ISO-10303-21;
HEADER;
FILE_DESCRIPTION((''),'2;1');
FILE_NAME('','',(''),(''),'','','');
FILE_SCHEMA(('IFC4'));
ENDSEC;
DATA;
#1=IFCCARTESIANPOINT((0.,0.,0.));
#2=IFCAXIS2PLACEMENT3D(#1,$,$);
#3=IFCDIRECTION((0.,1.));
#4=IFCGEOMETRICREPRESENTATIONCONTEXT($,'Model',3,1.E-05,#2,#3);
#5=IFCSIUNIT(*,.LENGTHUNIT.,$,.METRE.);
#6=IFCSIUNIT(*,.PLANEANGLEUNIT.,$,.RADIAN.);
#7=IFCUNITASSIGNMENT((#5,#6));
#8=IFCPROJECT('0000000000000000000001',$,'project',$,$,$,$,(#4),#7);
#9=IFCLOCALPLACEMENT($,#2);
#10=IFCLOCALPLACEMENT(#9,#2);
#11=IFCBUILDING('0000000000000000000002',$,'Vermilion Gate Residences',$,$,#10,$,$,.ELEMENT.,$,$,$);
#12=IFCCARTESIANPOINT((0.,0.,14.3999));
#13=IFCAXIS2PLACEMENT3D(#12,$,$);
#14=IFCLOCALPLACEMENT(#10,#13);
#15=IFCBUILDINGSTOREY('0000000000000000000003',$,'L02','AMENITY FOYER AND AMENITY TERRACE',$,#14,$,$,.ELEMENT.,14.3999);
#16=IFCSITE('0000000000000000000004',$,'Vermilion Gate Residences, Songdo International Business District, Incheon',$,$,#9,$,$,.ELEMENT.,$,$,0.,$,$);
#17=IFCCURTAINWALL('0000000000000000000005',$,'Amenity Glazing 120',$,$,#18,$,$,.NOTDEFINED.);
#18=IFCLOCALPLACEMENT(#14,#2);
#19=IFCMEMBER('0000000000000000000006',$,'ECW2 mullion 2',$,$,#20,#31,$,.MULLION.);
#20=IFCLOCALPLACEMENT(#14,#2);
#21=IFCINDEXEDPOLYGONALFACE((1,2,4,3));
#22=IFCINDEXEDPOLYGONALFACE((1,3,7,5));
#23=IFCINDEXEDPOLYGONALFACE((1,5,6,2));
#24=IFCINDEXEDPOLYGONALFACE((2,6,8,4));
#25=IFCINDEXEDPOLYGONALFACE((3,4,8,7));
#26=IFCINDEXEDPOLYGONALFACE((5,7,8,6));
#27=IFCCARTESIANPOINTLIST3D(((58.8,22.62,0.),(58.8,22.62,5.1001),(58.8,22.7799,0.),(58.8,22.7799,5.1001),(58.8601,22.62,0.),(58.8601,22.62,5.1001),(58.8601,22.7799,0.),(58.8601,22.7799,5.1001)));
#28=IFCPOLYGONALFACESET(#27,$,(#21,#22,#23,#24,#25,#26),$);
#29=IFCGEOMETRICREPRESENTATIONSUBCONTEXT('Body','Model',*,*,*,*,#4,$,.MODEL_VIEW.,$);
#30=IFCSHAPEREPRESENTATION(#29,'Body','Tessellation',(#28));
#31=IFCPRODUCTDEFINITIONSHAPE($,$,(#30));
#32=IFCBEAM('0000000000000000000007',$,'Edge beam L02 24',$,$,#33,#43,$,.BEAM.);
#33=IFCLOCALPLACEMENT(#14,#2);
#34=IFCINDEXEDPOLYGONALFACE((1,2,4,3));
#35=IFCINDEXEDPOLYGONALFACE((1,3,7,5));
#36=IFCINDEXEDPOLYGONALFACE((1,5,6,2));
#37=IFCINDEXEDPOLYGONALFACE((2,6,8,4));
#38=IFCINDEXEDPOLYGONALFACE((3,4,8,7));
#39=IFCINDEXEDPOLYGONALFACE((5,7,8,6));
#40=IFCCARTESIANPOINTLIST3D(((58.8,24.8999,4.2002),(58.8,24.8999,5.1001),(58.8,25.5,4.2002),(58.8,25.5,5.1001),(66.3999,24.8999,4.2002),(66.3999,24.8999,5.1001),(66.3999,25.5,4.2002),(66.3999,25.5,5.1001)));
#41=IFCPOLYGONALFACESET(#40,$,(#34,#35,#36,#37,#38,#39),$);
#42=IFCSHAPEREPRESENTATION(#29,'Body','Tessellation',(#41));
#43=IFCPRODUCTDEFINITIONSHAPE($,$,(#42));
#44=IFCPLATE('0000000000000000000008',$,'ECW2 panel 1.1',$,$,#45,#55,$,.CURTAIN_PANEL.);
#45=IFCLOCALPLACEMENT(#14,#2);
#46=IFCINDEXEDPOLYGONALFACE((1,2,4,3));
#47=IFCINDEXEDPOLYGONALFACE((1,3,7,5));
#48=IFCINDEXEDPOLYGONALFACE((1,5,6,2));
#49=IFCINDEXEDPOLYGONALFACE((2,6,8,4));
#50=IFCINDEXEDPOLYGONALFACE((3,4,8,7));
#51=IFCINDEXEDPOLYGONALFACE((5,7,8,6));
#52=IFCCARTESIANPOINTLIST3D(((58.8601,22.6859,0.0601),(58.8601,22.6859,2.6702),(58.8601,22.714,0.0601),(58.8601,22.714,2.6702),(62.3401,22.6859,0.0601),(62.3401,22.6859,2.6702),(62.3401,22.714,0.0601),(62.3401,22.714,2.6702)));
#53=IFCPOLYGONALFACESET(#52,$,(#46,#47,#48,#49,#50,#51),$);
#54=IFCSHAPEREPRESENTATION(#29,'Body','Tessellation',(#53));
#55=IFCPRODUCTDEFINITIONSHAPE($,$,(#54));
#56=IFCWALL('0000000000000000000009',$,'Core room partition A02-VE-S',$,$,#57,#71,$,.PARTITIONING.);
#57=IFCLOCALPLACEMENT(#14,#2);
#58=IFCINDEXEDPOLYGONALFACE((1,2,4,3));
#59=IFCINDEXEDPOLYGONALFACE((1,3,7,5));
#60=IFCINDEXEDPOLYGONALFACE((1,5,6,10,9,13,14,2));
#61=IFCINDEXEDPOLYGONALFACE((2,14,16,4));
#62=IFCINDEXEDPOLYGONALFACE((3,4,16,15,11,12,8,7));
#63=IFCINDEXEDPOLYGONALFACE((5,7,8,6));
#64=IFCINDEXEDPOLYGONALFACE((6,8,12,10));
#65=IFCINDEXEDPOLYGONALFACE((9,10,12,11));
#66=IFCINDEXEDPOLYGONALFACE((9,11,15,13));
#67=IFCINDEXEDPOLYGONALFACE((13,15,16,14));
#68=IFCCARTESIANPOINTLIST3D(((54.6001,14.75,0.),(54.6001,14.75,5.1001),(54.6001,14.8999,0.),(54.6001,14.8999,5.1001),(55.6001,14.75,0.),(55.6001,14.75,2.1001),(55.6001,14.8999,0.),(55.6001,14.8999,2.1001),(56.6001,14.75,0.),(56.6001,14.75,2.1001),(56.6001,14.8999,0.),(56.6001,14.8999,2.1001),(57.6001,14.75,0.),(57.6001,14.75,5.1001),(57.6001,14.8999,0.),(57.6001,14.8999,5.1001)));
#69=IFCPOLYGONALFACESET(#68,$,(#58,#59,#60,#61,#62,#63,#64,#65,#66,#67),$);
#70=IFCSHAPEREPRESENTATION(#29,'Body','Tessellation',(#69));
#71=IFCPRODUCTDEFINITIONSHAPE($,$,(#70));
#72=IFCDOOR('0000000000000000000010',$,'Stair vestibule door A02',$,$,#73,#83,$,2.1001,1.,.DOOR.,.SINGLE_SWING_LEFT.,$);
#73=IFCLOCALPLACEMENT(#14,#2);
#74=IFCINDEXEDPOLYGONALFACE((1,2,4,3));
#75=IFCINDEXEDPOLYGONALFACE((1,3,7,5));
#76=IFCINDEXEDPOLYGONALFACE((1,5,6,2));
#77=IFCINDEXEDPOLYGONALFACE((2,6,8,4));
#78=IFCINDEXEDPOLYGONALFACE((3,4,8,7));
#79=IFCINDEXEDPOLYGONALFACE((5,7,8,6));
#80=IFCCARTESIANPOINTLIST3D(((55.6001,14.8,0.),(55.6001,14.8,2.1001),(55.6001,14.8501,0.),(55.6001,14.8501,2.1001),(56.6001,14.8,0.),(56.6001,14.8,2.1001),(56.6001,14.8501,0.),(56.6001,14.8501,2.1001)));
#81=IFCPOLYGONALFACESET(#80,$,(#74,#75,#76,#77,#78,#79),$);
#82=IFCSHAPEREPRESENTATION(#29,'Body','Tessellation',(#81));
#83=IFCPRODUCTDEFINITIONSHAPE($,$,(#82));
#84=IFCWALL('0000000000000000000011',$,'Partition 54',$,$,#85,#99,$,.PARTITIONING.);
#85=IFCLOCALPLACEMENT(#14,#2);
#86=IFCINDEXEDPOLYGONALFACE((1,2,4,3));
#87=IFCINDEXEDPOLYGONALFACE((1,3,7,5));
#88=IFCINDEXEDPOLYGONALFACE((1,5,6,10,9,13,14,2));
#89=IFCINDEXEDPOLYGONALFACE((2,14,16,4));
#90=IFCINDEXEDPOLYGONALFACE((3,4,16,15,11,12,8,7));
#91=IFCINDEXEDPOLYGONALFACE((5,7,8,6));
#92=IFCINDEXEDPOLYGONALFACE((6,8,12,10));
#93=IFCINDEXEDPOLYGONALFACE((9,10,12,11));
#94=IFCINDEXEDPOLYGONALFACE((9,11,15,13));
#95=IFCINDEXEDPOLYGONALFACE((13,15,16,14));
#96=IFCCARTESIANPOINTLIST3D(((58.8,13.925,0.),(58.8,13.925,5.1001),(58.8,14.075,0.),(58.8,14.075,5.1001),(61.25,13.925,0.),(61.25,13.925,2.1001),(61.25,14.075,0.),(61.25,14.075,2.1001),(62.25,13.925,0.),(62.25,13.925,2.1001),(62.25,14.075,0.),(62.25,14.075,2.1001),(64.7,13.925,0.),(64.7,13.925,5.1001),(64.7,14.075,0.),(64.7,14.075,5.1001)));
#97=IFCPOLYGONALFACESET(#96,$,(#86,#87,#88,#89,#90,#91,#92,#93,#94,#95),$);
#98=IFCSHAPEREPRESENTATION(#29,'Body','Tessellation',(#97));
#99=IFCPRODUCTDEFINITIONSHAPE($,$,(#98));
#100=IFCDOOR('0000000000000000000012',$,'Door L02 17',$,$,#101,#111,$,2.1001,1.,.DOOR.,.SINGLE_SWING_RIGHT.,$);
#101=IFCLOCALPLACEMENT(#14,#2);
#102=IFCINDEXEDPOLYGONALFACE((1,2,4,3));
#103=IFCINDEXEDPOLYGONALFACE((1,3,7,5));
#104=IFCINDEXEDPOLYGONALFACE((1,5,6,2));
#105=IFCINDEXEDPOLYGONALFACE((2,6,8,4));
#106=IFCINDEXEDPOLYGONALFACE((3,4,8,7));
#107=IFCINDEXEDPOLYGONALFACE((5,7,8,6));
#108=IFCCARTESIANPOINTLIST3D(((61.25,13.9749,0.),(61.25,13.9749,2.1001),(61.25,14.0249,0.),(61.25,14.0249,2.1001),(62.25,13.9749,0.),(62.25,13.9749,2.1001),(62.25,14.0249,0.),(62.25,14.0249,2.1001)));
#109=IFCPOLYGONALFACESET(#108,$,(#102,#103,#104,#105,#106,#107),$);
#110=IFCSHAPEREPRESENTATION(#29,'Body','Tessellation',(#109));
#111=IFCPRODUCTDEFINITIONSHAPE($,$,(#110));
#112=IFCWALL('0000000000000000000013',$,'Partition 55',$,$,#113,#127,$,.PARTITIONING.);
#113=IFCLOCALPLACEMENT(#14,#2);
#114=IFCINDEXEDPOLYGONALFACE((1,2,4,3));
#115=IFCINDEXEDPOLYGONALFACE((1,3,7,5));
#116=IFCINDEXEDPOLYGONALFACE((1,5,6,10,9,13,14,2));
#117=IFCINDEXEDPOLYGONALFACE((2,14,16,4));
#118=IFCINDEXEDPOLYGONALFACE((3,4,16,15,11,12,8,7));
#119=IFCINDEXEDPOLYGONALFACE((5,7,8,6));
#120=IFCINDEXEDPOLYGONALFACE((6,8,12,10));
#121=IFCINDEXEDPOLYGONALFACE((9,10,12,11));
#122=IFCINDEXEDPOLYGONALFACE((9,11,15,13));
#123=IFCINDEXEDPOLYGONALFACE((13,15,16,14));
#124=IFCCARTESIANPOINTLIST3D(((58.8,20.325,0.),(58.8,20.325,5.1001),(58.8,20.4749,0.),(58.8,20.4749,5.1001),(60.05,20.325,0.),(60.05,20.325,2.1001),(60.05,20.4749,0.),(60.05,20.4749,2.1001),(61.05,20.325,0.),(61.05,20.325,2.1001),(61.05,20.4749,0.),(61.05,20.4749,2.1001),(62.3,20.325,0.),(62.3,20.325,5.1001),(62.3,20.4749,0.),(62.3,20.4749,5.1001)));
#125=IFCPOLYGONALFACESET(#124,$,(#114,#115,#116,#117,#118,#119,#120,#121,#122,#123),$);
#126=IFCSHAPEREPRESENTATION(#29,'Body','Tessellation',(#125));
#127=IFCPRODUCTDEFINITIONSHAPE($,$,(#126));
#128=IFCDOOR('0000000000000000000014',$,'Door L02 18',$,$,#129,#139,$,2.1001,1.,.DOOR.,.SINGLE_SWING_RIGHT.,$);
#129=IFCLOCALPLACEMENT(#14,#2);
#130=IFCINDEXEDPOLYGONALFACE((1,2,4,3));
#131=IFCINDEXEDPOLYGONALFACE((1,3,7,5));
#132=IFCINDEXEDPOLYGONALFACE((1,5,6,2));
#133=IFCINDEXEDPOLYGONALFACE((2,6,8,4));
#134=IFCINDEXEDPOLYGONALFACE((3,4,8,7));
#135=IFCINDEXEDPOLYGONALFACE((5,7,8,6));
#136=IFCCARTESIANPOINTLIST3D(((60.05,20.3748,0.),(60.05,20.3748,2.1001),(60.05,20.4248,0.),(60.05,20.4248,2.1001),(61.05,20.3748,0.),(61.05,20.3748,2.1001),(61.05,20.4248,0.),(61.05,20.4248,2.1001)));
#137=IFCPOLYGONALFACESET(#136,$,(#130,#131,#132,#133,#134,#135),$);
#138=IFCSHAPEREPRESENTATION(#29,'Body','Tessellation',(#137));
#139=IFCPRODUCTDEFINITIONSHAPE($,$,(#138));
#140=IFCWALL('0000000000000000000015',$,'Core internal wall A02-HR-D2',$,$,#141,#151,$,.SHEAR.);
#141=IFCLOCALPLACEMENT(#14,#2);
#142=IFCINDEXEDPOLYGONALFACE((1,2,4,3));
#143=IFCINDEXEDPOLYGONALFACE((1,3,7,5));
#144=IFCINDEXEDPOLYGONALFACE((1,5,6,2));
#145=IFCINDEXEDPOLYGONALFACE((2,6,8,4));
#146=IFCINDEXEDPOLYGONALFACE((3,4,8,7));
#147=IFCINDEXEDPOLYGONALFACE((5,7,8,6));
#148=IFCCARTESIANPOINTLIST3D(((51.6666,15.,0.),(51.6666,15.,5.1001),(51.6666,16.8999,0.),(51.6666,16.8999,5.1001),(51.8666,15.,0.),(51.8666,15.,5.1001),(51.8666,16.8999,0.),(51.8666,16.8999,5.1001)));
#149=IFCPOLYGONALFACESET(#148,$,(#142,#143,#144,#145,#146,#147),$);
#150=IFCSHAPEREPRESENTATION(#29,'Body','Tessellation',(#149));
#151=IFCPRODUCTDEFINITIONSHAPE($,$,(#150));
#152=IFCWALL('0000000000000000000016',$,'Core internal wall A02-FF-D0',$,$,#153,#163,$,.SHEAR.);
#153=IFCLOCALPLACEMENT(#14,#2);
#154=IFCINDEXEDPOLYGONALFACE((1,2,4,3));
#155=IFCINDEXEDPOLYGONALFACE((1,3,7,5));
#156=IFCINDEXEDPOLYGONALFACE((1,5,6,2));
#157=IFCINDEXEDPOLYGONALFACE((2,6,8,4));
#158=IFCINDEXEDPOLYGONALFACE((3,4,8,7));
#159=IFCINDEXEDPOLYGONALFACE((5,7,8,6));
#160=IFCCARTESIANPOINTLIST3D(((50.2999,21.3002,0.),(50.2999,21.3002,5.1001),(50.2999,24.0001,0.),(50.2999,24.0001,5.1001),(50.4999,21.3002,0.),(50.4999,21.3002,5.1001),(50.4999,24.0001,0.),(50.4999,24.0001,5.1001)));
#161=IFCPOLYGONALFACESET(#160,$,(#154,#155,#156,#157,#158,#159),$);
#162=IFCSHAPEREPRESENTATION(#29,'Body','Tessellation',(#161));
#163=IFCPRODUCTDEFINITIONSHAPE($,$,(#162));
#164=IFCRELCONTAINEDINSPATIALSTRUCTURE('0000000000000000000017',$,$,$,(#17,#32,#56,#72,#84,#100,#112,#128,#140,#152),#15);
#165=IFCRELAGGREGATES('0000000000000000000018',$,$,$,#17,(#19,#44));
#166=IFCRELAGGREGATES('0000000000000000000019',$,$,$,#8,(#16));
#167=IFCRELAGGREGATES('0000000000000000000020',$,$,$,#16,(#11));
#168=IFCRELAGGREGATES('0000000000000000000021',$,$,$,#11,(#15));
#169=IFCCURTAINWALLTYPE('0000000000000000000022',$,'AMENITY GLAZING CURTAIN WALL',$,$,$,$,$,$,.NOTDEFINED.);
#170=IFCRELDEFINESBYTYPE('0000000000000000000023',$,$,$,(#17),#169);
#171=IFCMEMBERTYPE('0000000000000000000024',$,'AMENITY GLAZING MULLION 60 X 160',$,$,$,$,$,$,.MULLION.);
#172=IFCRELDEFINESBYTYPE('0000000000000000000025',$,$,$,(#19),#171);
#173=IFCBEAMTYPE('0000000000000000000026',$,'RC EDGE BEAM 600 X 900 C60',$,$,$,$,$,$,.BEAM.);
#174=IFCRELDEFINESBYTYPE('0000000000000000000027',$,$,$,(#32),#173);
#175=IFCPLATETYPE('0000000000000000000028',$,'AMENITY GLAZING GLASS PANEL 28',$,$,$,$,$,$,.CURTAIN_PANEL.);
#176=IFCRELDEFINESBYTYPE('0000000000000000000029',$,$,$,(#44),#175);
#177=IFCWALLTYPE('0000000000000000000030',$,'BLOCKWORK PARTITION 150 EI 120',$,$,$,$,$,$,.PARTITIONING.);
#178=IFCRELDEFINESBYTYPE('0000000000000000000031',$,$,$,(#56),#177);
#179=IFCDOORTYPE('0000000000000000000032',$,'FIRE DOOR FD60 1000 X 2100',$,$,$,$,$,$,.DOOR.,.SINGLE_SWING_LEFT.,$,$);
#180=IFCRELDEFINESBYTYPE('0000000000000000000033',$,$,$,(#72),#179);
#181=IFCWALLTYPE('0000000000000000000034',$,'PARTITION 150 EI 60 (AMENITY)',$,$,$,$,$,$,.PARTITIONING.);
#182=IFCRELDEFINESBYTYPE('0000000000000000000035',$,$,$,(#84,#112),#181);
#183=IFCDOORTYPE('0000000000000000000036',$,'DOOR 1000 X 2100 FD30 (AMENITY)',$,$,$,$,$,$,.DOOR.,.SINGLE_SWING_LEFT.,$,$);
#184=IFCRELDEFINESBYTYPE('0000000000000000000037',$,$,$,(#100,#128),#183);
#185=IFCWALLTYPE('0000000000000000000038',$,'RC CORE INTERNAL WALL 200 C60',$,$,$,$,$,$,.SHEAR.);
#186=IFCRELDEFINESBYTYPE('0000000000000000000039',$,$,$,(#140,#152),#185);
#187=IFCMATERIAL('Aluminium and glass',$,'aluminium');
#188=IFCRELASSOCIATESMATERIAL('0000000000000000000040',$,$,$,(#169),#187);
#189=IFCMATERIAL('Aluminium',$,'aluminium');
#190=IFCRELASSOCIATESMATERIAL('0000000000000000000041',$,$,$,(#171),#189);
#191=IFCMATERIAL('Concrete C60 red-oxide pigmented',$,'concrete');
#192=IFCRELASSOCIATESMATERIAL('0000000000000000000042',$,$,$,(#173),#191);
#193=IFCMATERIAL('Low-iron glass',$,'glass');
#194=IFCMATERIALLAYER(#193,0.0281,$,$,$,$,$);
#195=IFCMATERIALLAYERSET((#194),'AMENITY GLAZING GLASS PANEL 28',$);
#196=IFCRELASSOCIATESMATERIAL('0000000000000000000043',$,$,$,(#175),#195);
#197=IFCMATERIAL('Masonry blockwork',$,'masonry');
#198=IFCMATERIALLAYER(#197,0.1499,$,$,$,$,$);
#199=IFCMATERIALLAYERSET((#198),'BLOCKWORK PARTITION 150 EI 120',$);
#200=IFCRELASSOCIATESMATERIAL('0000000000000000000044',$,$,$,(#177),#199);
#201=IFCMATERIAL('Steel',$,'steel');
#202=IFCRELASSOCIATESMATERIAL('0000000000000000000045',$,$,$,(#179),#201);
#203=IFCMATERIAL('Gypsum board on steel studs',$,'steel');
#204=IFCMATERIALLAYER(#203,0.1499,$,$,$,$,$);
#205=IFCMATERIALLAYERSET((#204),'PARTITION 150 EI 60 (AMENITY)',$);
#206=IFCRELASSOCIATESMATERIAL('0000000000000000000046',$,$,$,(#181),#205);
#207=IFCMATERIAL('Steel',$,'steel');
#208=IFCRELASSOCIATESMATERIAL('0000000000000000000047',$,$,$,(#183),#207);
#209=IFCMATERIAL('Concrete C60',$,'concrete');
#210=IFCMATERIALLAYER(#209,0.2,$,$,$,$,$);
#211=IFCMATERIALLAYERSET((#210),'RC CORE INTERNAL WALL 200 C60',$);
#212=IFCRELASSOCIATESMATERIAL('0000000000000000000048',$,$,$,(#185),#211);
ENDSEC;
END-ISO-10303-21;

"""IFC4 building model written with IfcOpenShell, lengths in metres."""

from ifc_helpers import new_model, si_unit, direction, frame, frame_2d, origin, origin_2d, place, context, subcontext, project, spatial, rectangle, extrude, material, layer, layer_set, material_profile, profile_set, type_object, element, fill, aggregate, save


model = new_model("IFC4")

# Units and contexts
model_context = context("Model", 3, precision=1e-05, world=origin(), true_north=direction((0.0, 1.0)))
body_context = subcontext(model_context, "Body", "Model", "MODEL_VIEW")
ifc_project = project(units=[si_unit("LENGTHUNIT", "METRE"), si_unit("PLANEANGLEUNIT", "RADIAN")], contexts=[model_context])

# Site, building, storey
site_placement = place(None, origin())
site = spatial("IfcSite", under=ifc_project, at=site_placement, Name="Vermilion Gate Residences, Songdo International Business District, Incheon", CompositionType="ELEMENT", RefElevation=0.0)
building_placement = place(site_placement, origin())
building = spatial("IfcBuilding", under=site, at=building_placement, Name="Vermilion Gate Residences", CompositionType="ELEMENT")
storey_placement = place(building_placement, frame((0.0, 0.0, 14.3999)))
storey = spatial("IfcBuildingStorey", under=building, at=storey_placement, Name="L02", Description="AMENITY FOYER AND AMENITY TERRACE", CompositionType="ELEMENT", Elevation=14.3999)

# Curtain wall, member
ifc_material_1 = material(Name="Aluminium and glass", Category="aluminium")
curtain_wall_type = type_object("IfcCurtainWallType", Name="AMENITY GLAZING CURTAIN WALL", PredefinedType="NOTDEFINED", material=ifc_material_1)
curtain_wall_placement = place(storey_placement, origin())
curtain_wall = element("IfcCurtainWall", 1, at=curtain_wall_placement, inside=storey, type_object=curtain_wall_type, Name="Amenity Glazing 120", PredefinedType="NOTDEFINED")
ifc_material_2 = material(Name="Aluminium", Category="aluminium")
ifc_material_profile_1 = material_profile(ifc_material_2, rectangle(XDim=0.1599, YDim=0.0601, at=origin_2d()), Name="MULLION 60 X 160")
ifc_profile_set_1 = profile_set([ifc_material_profile_1], Name="Aluminium")
member_type = type_object("IfcMemberType", Name="AMENITY GLAZING MULLION 60 X 160", PredefinedType="MULLION", material=ifc_profile_set_1)
member_placement = place(storey_placement, frame((58.8301, 22.7, 0.0), z_axis=(0.0, 0.0, 1.0), x_axis=(0.0, -1.0, 0.0)))
member = element("IfcMember", 2, at=member_placement, type_object=member_type, Name="ECW2 mullion 2", PredefinedType="MULLION", context=body_context, shape_type="SweptSolid", body=[
    extrude(rectangle(XDim=0.1599, YDim=0.0601, at=origin_2d()), origin(), (0.0, 0.0, 1.0), 5.1001),
])

# Beam
ifc_material_3 = material(Name="Concrete C60 red-oxide pigmented", Category="concrete")
ifc_material_profile_2 = material_profile(ifc_material_3, rectangle(XDim=0.6001, YDim=0.8999, at=origin_2d()), Name="RC-600x900")
ifc_profile_set_2 = profile_set([ifc_material_profile_2], Name="Concrete C60 red-oxide pigmented")
beam_type = type_object("IfcBeamType", Name="RC EDGE BEAM 600 X 900 C60", PredefinedType="BEAM", material=ifc_profile_set_2)
beam_placement = place(storey_placement, frame((58.8, 25.2, 4.6501), z_axis=(1.0, 0.0, 0.0), x_axis=(0.0, 1.0, 0.0)))
element("IfcBeam", 3, at=beam_placement, inside=storey, type_object=beam_type, Name="Edge beam L02 24", PredefinedType="BEAM", context=body_context, shape_type="SweptSolid", body=[
    extrude(rectangle(XDim=0.6001, YDim=0.8999, at=origin_2d()), origin(), (0.0, 0.0, 1.0), 7.5999),
])

# Plate
ifc_material_4 = material(Name="Low-iron glass", Category="glass")
ifc_layer_1 = layer(ifc_material_4, 0.0281)
ifc_layer_set_1 = layer_set([ifc_layer_1], Name="AMENITY GLAZING GLASS PANEL 28")
plate_type = type_object("IfcPlateType", Name="AMENITY GLAZING GLASS PANEL 28", PredefinedType="CURTAIN_PANEL", material=ifc_layer_set_1)
plate_placement = place(storey_placement, frame((60.6001, 22.7, 0.0601), z_axis=(0.0, 0.0, 1.0), x_axis=(-1.0, 0.0, 0.0)))
plate = element("IfcPlate", 4, at=plate_placement, type_object=plate_type, Name="ECW2 panel 1.1", PredefinedType="CURTAIN_PANEL", context=body_context, shape_type="SweptSolid", body=[
    extrude(rectangle(XDim=3.48, YDim=0.0281, at=origin_2d()), origin(), (0.0, 0.0, 1.0), 2.6101),
])
aggregate(curtain_wall, [member, plate])

# Walls, openings, doors
ifc_material_5 = material(Name="Masonry blockwork", Category="masonry")
ifc_layer_2 = layer(ifc_material_5, 0.1499)
ifc_layer_set_2 = layer_set([ifc_layer_2], Name="BLOCKWORK PARTITION 150 EI 120")
wall_type_1 = type_object("IfcWallType", Name="BLOCKWORK PARTITION 150 EI 120", PredefinedType="PARTITIONING", material=ifc_layer_set_2)
wall_1_placement = place(storey_placement, frame((54.6001, 14.825, 0.0), z_axis=(0.0, 0.0, 1.0), x_axis=(1.0, 0.0, 0.0)))
wall_1 = element("IfcWall", 5, at=wall_1_placement, inside=storey, type_object=wall_type_1, Name="Core room partition A02-VE-S", PredefinedType="PARTITIONING", context=body_context, shape_type="SweptSolid", body=[
    extrude(rectangle(XDim=3.0, YDim=0.1499, at=frame_2d((1.5, 0.0))), origin(), (0.0, 0.0, 1.0), 5.1001),
])
opening_1_placement = place(wall_1_placement, frame((1.0, 0.0, 0.0)))
opening_1 = element("IfcOpeningElement", 6, at=opening_1_placement, cuts=wall_1, PredefinedType="OPENING", context=body_context, shape_type="SweptSolid", body=[
    extrude(rectangle(XDim=1.0, YDim=2.1001, at=frame_2d((0.5, 1.05))), frame((0.0, 0.085, 0.0), z_axis=(0.0, -1.0, 0.0), x_axis=(1.0, 0.0, 0.0)), (0.0, 0.0, 1.0), 0.1699),
])
ifc_material_6 = material(Name="Steel", Category="steel")
door_type_1 = type_object("IfcDoorType", Name="FIRE DOOR FD60 1000 X 2100", OperationType="SINGLE_SWING_LEFT", PredefinedType="DOOR", material=ifc_material_6)
door_1_placement = place(opening_1_placement, frame((1.0, 0.0, 0.0), z_axis=(0.0, 0.0, 1.0), x_axis=(-1.0, 0.0, 0.0)))
door_1 = element("IfcDoor", 7, at=door_1_placement, inside=storey, type_object=door_type_1, Name="Stair vestibule door A02", OperationType="SINGLE_SWING_LEFT", OverallHeight=2.1001, OverallWidth=1.0, PredefinedType="DOOR", context=body_context, shape_type="SweptSolid", body=[
    extrude(rectangle(XDim=1.0, YDim=2.1001, at=frame_2d((0.5, 1.05))), frame((0.0, 0.0249, 0.0), z_axis=(0.0, -1.0, 0.0), x_axis=(1.0, 0.0, 0.0)), (0.0, 0.0, 1.0), 0.05),
])
fill(opening_1, door_1)
ifc_material_7 = material(Name="Gypsum board on steel studs", Category="steel")
ifc_layer_3 = layer(ifc_material_7, 0.1499)
ifc_layer_set_3 = layer_set([ifc_layer_3], Name="PARTITION 150 EI 60 (AMENITY)")
wall_type_2 = type_object("IfcWallType", Name="PARTITION 150 EI 60 (AMENITY)", PredefinedType="PARTITIONING", material=ifc_layer_set_3)
wall_2_placement = place(storey_placement, frame((58.8, 14.0, 0.0), z_axis=(0.0, 0.0, 1.0), x_axis=(1.0, 0.0, 0.0)))
wall_2 = element("IfcWall", 8, at=wall_2_placement, inside=storey, type_object=wall_type_2, Name="Partition 54", PredefinedType="PARTITIONING", context=body_context, shape_type="SweptSolid", body=[
    extrude(rectangle(XDim=5.8999, YDim=0.1499, at=frame_2d((2.95, 0.0))), origin(), (0.0, 0.0, 1.0), 5.1001),
])
opening_2_placement = place(wall_2_placement, frame((2.45, 0.0, 0.0)))
opening_2 = element("IfcOpeningElement", 9, at=opening_2_placement, cuts=wall_2, PredefinedType="OPENING", context=body_context, shape_type="SweptSolid", body=[
    extrude(rectangle(XDim=1.0, YDim=2.1001, at=frame_2d((0.5, 1.05))), frame((0.0, 0.085, 0.0), z_axis=(0.0, -1.0, 0.0), x_axis=(1.0, 0.0, 0.0)), (0.0, 0.0, 1.0), 0.1699),
])
ifc_material_8 = material(Name="Steel", Category="steel")
door_type_2 = type_object("IfcDoorType", Name="DOOR 1000 X 2100 FD30 (AMENITY)", OperationType="SINGLE_SWING_LEFT", PredefinedType="DOOR", material=ifc_material_8)
door_2_placement = place(opening_2_placement, origin())
door_2 = element("IfcDoor", 10, at=door_2_placement, inside=storey, type_object=door_type_2, Name="Door L02 17", OperationType="SINGLE_SWING_RIGHT", OverallHeight=2.1001, OverallWidth=1.0, PredefinedType="DOOR", context=body_context, shape_type="SweptSolid", body=[
    extrude(rectangle(XDim=1.0, YDim=2.1001, at=frame_2d((0.5, 1.05))), frame((0.0, 0.0249, 0.0), z_axis=(0.0, -1.0, 0.0), x_axis=(1.0, 0.0, 0.0)), (0.0, 0.0, 1.0), 0.05),
])
fill(opening_2, door_2)
wall_3_placement = place(storey_placement, frame((58.8, 20.3999, 0.0), z_axis=(0.0, 0.0, 1.0), x_axis=(1.0, 0.0, 0.0)))
wall_3 = element("IfcWall", 11, at=wall_3_placement, inside=storey, type_object=wall_type_2, Name="Partition 55", PredefinedType="PARTITIONING", context=body_context, shape_type="SweptSolid", body=[
    extrude(rectangle(XDim=3.5, YDim=0.1499, at=frame_2d((1.75, 0.0))), origin(), (0.0, 0.0, 1.0), 5.1001),
])
opening_3_placement = place(wall_3_placement, frame((1.25, 0.0, 0.0)))
opening_3 = element("IfcOpeningElement", 12, at=opening_3_placement, cuts=wall_3, PredefinedType="OPENING", context=body_context, shape_type="SweptSolid", body=[
    extrude(rectangle(XDim=1.0, YDim=2.1001, at=frame_2d((0.5, 1.05))), frame((0.0, 0.085, 0.0), z_axis=(0.0, -1.0, 0.0), x_axis=(1.0, 0.0, 0.0)), (0.0, 0.0, 1.0), 0.1699),
])
door_3_placement = place(opening_3_placement, origin())
door_3 = element("IfcDoor", 13, at=door_3_placement, inside=storey, type_object=door_type_2, Name="Door L02 18", OperationType="SINGLE_SWING_RIGHT", OverallHeight=2.1001, OverallWidth=1.0, PredefinedType="DOOR", context=body_context, shape_type="SweptSolid", body=[
    extrude(rectangle(XDim=1.0, YDim=2.1001, at=frame_2d((0.5, 1.05))), frame((0.0, 0.0249, 0.0), z_axis=(0.0, -1.0, 0.0), x_axis=(1.0, 0.0, 0.0)), (0.0, 0.0, 1.0), 0.05),
])
fill(opening_3, door_3)

# Walls
ifc_material_9 = material(Name="Concrete C60", Category="concrete")
ifc_layer_4 = layer(ifc_material_9, 0.2)
ifc_layer_set_4 = layer_set([ifc_layer_4], Name="RC CORE INTERNAL WALL 200 C60")
wall_type_3 = type_object("IfcWallType", Name="RC CORE INTERNAL WALL 200 C60", PredefinedType="SHEAR", material=ifc_layer_set_4)
wall_4_placement = place(storey_placement, frame((51.7666, 15.0, 0.0), z_axis=(0.0, 0.0, 1.0), x_axis=(0.0, 1.0, 0.0)))
element("IfcWall", 14, at=wall_4_placement, inside=storey, type_object=wall_type_3, Name="Core internal wall A02-HR-D2", PredefinedType="SHEAR", context=body_context, shape_type="SweptSolid", body=[
    extrude(rectangle(XDim=1.8999, YDim=0.2, at=frame_2d((0.95, 0.0))), origin(), (0.0, 0.0, 1.0), 5.1001),
])
for number, where, z_axis, x_axis, name in (
    (15, (50.3999, 21.3, 0.0), (0.0, 0.0, 1.0), (0.0, 1.0, 0.0), "Core internal wall A02-FF-D0"),
):
    element("IfcWall", number, at=place(storey_placement, frame(where, z_axis=z_axis, x_axis=x_axis)), inside=storey, type_object=wall_type_3, Name=name, PredefinedType="SHEAR", context=body_context, shape_type="SweptSolid", body=[
        extrude(rectangle(XDim=2.7, YDim=0.2, at=frame_2d((1.3501, 0.0))), origin(), (0.0, 0.0, 1.0), 5.1001),
    ])

save(model, "model.ifc")
